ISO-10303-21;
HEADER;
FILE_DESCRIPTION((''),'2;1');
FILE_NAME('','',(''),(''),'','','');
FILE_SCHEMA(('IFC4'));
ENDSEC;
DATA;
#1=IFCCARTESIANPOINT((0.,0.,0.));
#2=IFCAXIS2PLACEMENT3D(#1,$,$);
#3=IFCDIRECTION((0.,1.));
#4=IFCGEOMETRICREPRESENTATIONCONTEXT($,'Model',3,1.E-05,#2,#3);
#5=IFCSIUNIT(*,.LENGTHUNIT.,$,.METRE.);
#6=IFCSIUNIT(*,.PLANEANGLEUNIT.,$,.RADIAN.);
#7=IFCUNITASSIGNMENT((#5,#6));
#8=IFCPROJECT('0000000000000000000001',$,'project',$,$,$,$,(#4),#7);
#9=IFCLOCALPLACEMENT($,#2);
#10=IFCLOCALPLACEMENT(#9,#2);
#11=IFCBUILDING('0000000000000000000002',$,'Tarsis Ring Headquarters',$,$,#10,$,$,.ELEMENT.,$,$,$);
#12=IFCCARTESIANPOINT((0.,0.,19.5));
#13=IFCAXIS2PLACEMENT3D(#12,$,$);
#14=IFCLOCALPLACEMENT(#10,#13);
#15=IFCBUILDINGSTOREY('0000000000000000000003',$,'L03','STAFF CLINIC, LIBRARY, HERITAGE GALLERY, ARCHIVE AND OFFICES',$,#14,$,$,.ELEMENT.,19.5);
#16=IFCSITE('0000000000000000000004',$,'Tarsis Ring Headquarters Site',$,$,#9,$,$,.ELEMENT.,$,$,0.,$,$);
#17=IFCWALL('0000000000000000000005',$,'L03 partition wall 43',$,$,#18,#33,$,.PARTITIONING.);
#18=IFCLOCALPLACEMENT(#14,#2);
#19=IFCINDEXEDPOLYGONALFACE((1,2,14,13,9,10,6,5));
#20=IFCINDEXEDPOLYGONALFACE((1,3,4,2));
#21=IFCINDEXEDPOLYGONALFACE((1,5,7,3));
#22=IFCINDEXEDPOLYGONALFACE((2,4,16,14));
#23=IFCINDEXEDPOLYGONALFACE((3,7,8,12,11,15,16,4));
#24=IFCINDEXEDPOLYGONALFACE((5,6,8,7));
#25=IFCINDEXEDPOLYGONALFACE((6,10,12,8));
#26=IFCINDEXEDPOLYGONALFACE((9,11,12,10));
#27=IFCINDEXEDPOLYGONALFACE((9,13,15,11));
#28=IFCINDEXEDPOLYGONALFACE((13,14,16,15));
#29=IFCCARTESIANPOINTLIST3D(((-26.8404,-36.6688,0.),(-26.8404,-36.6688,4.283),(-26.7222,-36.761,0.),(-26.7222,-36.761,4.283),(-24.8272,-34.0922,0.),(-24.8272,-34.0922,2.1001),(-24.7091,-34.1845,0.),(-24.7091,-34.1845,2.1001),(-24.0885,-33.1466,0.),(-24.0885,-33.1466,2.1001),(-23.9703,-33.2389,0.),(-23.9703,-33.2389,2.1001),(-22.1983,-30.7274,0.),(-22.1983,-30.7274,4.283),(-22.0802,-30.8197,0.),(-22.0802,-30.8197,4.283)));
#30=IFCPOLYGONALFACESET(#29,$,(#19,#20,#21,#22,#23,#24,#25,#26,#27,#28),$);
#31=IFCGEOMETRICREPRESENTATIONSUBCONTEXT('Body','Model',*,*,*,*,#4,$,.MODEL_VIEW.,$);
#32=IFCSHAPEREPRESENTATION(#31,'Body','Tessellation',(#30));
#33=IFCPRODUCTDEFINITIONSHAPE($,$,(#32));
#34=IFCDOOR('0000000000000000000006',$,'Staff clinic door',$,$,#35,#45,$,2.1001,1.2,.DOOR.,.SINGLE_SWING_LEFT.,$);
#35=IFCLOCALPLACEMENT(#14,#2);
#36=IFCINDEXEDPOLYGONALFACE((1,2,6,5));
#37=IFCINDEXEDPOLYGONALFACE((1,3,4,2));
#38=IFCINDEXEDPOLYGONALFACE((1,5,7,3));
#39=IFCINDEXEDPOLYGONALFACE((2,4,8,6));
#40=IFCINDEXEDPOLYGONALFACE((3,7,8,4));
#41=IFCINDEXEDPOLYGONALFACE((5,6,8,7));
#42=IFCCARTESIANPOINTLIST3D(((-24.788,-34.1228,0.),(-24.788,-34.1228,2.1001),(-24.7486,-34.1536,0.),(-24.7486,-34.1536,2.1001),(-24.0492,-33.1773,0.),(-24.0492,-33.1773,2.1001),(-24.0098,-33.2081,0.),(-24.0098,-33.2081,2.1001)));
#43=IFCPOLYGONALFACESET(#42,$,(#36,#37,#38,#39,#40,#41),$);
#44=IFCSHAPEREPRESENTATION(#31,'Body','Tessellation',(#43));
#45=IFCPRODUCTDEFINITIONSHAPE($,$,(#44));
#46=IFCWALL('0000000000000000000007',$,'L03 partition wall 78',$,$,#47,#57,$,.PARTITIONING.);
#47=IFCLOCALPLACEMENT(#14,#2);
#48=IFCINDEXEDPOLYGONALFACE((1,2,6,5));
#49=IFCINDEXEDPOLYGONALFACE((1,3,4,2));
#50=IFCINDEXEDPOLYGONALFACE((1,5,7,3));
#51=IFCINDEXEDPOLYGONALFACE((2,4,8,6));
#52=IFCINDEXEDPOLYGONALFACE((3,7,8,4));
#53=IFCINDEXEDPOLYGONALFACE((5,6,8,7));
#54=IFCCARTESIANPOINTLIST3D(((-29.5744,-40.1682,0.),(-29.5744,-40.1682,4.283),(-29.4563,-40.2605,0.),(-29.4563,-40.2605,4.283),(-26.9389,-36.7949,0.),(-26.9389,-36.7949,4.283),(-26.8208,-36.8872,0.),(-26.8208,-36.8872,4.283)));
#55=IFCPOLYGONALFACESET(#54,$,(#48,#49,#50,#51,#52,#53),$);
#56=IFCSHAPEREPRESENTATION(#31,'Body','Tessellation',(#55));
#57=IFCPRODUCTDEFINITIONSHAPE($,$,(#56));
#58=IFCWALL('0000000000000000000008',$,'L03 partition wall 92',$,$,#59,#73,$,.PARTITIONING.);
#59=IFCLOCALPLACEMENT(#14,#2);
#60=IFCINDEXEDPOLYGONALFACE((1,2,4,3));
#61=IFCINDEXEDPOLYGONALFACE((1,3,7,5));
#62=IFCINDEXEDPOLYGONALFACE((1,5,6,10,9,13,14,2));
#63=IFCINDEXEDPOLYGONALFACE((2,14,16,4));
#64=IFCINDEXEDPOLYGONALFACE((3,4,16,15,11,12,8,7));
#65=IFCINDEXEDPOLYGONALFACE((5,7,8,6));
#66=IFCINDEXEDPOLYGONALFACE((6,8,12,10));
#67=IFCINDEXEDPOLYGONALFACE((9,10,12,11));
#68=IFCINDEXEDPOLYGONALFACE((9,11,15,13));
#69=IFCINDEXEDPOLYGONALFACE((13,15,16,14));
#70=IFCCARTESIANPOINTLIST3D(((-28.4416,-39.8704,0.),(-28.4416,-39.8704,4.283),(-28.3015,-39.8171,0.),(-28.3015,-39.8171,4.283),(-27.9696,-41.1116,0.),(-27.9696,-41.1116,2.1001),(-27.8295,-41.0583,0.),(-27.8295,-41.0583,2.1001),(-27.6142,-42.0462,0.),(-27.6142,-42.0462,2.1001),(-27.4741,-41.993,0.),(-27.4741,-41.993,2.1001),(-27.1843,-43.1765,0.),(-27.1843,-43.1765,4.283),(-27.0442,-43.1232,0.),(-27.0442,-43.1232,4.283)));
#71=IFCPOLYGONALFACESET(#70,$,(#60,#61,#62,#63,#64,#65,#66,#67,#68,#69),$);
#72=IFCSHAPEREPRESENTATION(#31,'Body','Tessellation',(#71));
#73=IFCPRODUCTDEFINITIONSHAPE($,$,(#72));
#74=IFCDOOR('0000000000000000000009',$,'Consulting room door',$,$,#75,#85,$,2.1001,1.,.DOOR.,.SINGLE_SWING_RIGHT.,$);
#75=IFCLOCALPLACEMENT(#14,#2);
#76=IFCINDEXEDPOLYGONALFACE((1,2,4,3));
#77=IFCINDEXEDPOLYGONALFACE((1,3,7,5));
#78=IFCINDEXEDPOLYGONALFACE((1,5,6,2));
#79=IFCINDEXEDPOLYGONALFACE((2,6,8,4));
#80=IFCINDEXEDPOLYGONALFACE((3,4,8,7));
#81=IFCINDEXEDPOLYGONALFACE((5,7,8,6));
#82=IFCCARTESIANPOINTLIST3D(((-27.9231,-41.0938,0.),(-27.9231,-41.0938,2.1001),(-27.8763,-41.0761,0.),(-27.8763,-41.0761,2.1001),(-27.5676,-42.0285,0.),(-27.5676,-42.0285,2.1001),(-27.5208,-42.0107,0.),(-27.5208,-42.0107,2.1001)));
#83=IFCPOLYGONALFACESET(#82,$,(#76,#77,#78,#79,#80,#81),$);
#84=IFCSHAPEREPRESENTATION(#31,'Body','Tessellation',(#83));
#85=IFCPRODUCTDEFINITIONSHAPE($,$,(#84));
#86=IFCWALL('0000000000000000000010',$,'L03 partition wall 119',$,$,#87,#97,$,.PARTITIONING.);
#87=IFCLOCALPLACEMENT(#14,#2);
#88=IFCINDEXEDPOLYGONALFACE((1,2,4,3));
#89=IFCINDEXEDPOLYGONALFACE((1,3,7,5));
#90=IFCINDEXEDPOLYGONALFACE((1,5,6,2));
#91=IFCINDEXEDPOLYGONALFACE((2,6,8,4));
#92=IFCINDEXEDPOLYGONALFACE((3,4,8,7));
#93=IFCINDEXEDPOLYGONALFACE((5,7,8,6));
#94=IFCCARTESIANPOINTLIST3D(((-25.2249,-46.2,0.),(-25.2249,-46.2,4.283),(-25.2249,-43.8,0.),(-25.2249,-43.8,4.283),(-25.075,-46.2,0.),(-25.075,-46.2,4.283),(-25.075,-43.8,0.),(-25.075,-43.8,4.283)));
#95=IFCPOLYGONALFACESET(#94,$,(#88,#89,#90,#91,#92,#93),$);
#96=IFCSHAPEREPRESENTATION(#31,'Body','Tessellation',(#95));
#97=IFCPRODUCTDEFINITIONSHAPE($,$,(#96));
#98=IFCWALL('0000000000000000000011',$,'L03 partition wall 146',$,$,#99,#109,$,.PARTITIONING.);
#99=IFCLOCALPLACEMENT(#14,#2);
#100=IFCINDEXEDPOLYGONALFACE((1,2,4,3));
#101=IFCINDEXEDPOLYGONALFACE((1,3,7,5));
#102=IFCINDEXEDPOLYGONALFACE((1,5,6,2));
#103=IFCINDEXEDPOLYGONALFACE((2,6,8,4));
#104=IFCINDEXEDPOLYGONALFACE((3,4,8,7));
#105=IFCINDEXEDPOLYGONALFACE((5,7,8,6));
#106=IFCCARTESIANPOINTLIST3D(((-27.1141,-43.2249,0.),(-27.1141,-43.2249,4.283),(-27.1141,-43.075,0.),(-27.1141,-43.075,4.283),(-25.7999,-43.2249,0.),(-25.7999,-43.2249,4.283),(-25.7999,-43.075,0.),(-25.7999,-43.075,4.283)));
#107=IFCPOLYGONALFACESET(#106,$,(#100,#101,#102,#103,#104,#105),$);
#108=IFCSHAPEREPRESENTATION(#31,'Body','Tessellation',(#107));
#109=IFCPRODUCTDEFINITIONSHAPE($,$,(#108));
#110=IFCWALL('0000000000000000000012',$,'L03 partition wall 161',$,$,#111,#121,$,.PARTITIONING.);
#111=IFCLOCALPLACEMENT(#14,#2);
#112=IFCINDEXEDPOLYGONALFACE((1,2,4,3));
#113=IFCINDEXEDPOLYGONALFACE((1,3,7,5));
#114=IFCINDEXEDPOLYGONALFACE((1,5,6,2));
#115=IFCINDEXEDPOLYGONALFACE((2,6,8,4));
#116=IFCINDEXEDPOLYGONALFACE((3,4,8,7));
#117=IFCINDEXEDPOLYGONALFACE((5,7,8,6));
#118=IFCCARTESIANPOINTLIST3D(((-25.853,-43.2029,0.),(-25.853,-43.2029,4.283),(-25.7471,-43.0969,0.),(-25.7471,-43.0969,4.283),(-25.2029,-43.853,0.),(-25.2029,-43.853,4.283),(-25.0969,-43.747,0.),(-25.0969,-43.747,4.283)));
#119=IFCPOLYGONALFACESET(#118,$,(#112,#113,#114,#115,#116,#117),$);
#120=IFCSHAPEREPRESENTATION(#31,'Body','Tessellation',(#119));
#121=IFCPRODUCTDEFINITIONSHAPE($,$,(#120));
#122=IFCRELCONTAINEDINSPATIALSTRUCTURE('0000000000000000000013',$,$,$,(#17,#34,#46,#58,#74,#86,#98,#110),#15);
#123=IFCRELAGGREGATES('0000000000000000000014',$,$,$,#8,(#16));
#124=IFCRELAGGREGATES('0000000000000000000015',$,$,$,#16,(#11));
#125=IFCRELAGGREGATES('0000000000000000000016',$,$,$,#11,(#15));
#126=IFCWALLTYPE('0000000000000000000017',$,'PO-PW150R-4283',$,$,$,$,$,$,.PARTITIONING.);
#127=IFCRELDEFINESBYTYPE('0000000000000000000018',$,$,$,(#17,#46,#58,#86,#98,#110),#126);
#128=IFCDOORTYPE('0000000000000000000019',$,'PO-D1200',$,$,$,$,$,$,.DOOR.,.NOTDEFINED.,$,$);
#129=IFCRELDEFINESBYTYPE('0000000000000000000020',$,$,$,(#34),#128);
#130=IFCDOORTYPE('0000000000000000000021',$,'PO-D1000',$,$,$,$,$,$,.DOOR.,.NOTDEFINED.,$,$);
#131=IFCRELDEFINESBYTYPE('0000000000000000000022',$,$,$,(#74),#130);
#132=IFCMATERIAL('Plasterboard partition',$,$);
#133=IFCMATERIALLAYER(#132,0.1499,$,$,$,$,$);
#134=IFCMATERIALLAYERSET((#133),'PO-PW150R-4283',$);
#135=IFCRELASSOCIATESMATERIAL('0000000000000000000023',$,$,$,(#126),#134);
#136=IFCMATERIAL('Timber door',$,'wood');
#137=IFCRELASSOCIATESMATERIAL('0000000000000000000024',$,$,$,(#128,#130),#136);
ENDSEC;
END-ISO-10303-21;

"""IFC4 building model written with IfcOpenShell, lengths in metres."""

from ifc_helpers import new_model, si_unit, direction, frame, frame_2d, origin, place, context, subcontext, project, spatial, rectangle, extrude, material, layer, layer_set, type_object, element, fill, save


model = new_model("IFC4")

# Units and contexts
model_context = context("Model", 3, precision=1e-05, world=origin(), true_north=direction((0.0, 1.0)))
body_context = subcontext(model_context, "Body", "Model", "MODEL_VIEW")
ifc_project = project(units=[si_unit("LENGTHUNIT", "METRE"), si_unit("PLANEANGLEUNIT", "RADIAN")], contexts=[model_context])

# Site, building, storey
site_placement = place(None, origin())
site = spatial("IfcSite", under=ifc_project, at=site_placement, Name="Tarsis Ring Headquarters Site", CompositionType="ELEMENT", RefElevation=0.0)
building_placement = place(site_placement, origin())
building = spatial("IfcBuilding", under=site, at=building_placement, Name="Tarsis Ring Headquarters", CompositionType="ELEMENT")
storey_placement = place(building_placement, frame((0.0, 0.0, 19.5)))
storey = spatial("IfcBuildingStorey", under=building, at=storey_placement, Name="L03", Description="STAFF CLINIC, LIBRARY, HERITAGE GALLERY, ARCHIVE AND OFFICES", CompositionType="ELEMENT", Elevation=19.5)

# Shared definitions
ifc_material_1 = material(Name="Plasterboard partition")

# Wall, opening, door
ifc_layer_1 = layer(ifc_material_1, 0.1499)
ifc_layer_set_1 = layer_set([ifc_layer_1], Name="PO-PW150R-4283")
wall_type_1 = type_object("IfcWallType", Name="PO-PW150R-4283", PredefinedType="PARTITIONING", material=ifc_layer_set_1)
ifc_material_2 = material(Name="Timber door", Category="wood")
door_type_1 = type_object("IfcDoorType", Name="PO-D1200", OperationType="NOTDEFINED", PredefinedType="DOOR", material=ifc_material_2)
wall_1_placement = place(storey_placement, frame((-22.1392, -30.7734, 0.0), z_axis=(0.0, 0.0, 1.0), x_axis=(-0.615674, -0.788001, 0.0)))
wall_1 = element("IfcWall", 1, at=wall_1_placement, inside=storey, type_object=wall_type_1, Name="L03 partition wall 43", PredefinedType="PARTITIONING", context=body_context, shape_type="SweptSolid", body=[
    extrude(rectangle(XDim=7.5398, YDim=0.1499, at=frame_2d((3.77, 0.0))), origin(), (0.0, 0.0, 1.0), 4.283),
])
opening_1_placement = place(wall_1_placement, frame((3.0701, 0.0, 0.0)))
opening_1 = element("IfcOpeningElement", 2, at=opening_1_placement, cuts=wall_1, PredefinedType="OPENING", context=body_context, shape_type="SweptSolid", body=[
    extrude(rectangle(XDim=1.2, YDim=2.1001, at=frame_2d((0.6001, 1.05))), frame((0.0, 0.085, 0.0), z_axis=(0.0, -1.0, 0.0), x_axis=(1.0, 0.0, 0.0)), (0.0, 0.0, 1.0), 0.1699),
])
door_1_placement = place(opening_1_placement, origin())
door_1 = element("IfcDoor", 3, at=door_1_placement, inside=storey, type_object=door_type_1, Name="Staff clinic door", OperationType="SINGLE_SWING_LEFT", OverallHeight=2.1001, OverallWidth=1.2, PredefinedType="DOOR", context=body_context, shape_type="SweptSolid", body=[
    extrude(rectangle(XDim=1.2, YDim=2.1001, at=frame_2d((0.6001, 1.05))), frame((0.0, 0.0249, 0.0), z_axis=(0.0, -1.0, 0.0), x_axis=(1.0, 0.0, 0.0)), (0.0, 0.0, 1.0), 0.05),
])
fill(opening_1, door_1)

# Wall
wall_2_placement = place(storey_placement, frame((-26.8799, -36.8411, 0.0), z_axis=(0.0, 0.0, 1.0), x_axis=(-0.615661, -0.788011, 0.0)))
element("IfcWall", 4, at=wall_2_placement, inside=storey, type_object=wall_type_1, Name="L03 partition wall 78", PredefinedType="PARTITIONING", context=body_context, shape_type="SweptSolid", body=[
    extrude(rectangle(XDim=4.2808, YDim=0.1499, at=frame_2d((2.1404, 0.0))), origin(), (0.0, 0.0, 1.0), 4.283),
])

# Wall, opening, door
wall_3_placement = place(storey_placement, frame((-28.3716, -39.8438, 0.0), z_axis=(0.0, 0.0, 1.0), x_axis=(0.355461, -0.934691, 0.0)))
wall_3 = element("IfcWall", 5, at=wall_3_placement, inside=storey, type_object=wall_type_1, Name="L03 partition wall 92", PredefinedType="PARTITIONING", context=body_context, shape_type="SweptSolid", body=[
    extrude(rectangle(XDim=3.5371, YDim=0.1499, at=frame_2d((1.7686, 0.0))), origin(), (0.0, 0.0, 1.0), 4.283),
])
opening_2_placement = place(wall_3_placement, frame((1.3279, 0.0, 0.0)))
opening_2 = element("IfcOpeningElement", 6, at=opening_2_placement, cuts=wall_3, PredefinedType="OPENING", context=body_context, shape_type="SweptSolid", body=[
    extrude(rectangle(XDim=1.0, YDim=2.1001, at=frame_2d((0.5, 1.05))), frame((0.0, 0.085, 0.0), z_axis=(0.0, -1.0, 0.0), x_axis=(1.0, 0.0, 0.0)), (0.0, 0.0, 1.0), 0.1699),
])
door_type_2 = type_object("IfcDoorType", Name="PO-D1000", OperationType="NOTDEFINED", PredefinedType="DOOR", material=ifc_material_2)
door_2_placement = place(opening_2_placement, origin())
door_2 = element("IfcDoor", 7, at=door_2_placement, inside=storey, type_object=door_type_2, Name="Consulting room door", OperationType="SINGLE_SWING_RIGHT", OverallHeight=2.1001, OverallWidth=1.0, PredefinedType="DOOR", context=body_context, shape_type="SweptSolid", body=[
    extrude(rectangle(XDim=1.0, YDim=2.1001, at=frame_2d((0.5, 1.05))), frame((0.0, 0.0249, 0.0), z_axis=(0.0, -1.0, 0.0), x_axis=(1.0, 0.0, 0.0)), (0.0, 0.0, 1.0), 0.05),
])
fill(opening_2, door_2)

# Walls
wall_4_placement = place(storey_placement, frame((-25.1499, -43.8, 0.0), z_axis=(0.0, 0.0, 1.0), x_axis=(0.0, -1.0, 0.0)))
element("IfcWall", 8, at=wall_4_placement, inside=storey, type_object=wall_type_1, Name="L03 partition wall 119", PredefinedType="PARTITIONING", context=body_context, shape_type="SweptSolid", body=[
    extrude(rectangle(XDim=2.3999, YDim=0.1499, at=frame_2d((1.2, 0.0))), origin(), (0.0, 0.0, 1.0), 4.283),
])
wall_5_placement = place(storey_placement, frame((-27.1143, -43.1499, 0.0), z_axis=(0.0, 0.0, 1.0), x_axis=(1.0, 0.0, 0.0)))
element("IfcWall", 9, at=wall_5_placement, inside=storey, type_object=wall_type_1, Name="L03 partition wall 146", PredefinedType="PARTITIONING", context=body_context, shape_type="SweptSolid", body=[
    extrude(rectangle(XDim=1.3142, YDim=0.1499, at=frame_2d((0.6572, 0.0))), origin(), (0.0, 0.0, 1.0), 4.283),
])
wall_6_placement = place(storey_placement, frame((-25.8, -43.1499, 0.0), z_axis=(0.0, 0.0, 1.0), x_axis=(0.707107, -0.707107, 0.0)))
element("IfcWall", 10, at=wall_6_placement, inside=storey, type_object=wall_type_1, Name="L03 partition wall 161", PredefinedType="PARTITIONING", context=body_context, shape_type="SweptSolid", body=[
    extrude(rectangle(XDim=0.9194, YDim=0.1499, at=frame_2d((0.4597, 0.0))), origin(), (0.0, 0.0, 1.0), 4.283),
])

save(model, "model.ifc")
